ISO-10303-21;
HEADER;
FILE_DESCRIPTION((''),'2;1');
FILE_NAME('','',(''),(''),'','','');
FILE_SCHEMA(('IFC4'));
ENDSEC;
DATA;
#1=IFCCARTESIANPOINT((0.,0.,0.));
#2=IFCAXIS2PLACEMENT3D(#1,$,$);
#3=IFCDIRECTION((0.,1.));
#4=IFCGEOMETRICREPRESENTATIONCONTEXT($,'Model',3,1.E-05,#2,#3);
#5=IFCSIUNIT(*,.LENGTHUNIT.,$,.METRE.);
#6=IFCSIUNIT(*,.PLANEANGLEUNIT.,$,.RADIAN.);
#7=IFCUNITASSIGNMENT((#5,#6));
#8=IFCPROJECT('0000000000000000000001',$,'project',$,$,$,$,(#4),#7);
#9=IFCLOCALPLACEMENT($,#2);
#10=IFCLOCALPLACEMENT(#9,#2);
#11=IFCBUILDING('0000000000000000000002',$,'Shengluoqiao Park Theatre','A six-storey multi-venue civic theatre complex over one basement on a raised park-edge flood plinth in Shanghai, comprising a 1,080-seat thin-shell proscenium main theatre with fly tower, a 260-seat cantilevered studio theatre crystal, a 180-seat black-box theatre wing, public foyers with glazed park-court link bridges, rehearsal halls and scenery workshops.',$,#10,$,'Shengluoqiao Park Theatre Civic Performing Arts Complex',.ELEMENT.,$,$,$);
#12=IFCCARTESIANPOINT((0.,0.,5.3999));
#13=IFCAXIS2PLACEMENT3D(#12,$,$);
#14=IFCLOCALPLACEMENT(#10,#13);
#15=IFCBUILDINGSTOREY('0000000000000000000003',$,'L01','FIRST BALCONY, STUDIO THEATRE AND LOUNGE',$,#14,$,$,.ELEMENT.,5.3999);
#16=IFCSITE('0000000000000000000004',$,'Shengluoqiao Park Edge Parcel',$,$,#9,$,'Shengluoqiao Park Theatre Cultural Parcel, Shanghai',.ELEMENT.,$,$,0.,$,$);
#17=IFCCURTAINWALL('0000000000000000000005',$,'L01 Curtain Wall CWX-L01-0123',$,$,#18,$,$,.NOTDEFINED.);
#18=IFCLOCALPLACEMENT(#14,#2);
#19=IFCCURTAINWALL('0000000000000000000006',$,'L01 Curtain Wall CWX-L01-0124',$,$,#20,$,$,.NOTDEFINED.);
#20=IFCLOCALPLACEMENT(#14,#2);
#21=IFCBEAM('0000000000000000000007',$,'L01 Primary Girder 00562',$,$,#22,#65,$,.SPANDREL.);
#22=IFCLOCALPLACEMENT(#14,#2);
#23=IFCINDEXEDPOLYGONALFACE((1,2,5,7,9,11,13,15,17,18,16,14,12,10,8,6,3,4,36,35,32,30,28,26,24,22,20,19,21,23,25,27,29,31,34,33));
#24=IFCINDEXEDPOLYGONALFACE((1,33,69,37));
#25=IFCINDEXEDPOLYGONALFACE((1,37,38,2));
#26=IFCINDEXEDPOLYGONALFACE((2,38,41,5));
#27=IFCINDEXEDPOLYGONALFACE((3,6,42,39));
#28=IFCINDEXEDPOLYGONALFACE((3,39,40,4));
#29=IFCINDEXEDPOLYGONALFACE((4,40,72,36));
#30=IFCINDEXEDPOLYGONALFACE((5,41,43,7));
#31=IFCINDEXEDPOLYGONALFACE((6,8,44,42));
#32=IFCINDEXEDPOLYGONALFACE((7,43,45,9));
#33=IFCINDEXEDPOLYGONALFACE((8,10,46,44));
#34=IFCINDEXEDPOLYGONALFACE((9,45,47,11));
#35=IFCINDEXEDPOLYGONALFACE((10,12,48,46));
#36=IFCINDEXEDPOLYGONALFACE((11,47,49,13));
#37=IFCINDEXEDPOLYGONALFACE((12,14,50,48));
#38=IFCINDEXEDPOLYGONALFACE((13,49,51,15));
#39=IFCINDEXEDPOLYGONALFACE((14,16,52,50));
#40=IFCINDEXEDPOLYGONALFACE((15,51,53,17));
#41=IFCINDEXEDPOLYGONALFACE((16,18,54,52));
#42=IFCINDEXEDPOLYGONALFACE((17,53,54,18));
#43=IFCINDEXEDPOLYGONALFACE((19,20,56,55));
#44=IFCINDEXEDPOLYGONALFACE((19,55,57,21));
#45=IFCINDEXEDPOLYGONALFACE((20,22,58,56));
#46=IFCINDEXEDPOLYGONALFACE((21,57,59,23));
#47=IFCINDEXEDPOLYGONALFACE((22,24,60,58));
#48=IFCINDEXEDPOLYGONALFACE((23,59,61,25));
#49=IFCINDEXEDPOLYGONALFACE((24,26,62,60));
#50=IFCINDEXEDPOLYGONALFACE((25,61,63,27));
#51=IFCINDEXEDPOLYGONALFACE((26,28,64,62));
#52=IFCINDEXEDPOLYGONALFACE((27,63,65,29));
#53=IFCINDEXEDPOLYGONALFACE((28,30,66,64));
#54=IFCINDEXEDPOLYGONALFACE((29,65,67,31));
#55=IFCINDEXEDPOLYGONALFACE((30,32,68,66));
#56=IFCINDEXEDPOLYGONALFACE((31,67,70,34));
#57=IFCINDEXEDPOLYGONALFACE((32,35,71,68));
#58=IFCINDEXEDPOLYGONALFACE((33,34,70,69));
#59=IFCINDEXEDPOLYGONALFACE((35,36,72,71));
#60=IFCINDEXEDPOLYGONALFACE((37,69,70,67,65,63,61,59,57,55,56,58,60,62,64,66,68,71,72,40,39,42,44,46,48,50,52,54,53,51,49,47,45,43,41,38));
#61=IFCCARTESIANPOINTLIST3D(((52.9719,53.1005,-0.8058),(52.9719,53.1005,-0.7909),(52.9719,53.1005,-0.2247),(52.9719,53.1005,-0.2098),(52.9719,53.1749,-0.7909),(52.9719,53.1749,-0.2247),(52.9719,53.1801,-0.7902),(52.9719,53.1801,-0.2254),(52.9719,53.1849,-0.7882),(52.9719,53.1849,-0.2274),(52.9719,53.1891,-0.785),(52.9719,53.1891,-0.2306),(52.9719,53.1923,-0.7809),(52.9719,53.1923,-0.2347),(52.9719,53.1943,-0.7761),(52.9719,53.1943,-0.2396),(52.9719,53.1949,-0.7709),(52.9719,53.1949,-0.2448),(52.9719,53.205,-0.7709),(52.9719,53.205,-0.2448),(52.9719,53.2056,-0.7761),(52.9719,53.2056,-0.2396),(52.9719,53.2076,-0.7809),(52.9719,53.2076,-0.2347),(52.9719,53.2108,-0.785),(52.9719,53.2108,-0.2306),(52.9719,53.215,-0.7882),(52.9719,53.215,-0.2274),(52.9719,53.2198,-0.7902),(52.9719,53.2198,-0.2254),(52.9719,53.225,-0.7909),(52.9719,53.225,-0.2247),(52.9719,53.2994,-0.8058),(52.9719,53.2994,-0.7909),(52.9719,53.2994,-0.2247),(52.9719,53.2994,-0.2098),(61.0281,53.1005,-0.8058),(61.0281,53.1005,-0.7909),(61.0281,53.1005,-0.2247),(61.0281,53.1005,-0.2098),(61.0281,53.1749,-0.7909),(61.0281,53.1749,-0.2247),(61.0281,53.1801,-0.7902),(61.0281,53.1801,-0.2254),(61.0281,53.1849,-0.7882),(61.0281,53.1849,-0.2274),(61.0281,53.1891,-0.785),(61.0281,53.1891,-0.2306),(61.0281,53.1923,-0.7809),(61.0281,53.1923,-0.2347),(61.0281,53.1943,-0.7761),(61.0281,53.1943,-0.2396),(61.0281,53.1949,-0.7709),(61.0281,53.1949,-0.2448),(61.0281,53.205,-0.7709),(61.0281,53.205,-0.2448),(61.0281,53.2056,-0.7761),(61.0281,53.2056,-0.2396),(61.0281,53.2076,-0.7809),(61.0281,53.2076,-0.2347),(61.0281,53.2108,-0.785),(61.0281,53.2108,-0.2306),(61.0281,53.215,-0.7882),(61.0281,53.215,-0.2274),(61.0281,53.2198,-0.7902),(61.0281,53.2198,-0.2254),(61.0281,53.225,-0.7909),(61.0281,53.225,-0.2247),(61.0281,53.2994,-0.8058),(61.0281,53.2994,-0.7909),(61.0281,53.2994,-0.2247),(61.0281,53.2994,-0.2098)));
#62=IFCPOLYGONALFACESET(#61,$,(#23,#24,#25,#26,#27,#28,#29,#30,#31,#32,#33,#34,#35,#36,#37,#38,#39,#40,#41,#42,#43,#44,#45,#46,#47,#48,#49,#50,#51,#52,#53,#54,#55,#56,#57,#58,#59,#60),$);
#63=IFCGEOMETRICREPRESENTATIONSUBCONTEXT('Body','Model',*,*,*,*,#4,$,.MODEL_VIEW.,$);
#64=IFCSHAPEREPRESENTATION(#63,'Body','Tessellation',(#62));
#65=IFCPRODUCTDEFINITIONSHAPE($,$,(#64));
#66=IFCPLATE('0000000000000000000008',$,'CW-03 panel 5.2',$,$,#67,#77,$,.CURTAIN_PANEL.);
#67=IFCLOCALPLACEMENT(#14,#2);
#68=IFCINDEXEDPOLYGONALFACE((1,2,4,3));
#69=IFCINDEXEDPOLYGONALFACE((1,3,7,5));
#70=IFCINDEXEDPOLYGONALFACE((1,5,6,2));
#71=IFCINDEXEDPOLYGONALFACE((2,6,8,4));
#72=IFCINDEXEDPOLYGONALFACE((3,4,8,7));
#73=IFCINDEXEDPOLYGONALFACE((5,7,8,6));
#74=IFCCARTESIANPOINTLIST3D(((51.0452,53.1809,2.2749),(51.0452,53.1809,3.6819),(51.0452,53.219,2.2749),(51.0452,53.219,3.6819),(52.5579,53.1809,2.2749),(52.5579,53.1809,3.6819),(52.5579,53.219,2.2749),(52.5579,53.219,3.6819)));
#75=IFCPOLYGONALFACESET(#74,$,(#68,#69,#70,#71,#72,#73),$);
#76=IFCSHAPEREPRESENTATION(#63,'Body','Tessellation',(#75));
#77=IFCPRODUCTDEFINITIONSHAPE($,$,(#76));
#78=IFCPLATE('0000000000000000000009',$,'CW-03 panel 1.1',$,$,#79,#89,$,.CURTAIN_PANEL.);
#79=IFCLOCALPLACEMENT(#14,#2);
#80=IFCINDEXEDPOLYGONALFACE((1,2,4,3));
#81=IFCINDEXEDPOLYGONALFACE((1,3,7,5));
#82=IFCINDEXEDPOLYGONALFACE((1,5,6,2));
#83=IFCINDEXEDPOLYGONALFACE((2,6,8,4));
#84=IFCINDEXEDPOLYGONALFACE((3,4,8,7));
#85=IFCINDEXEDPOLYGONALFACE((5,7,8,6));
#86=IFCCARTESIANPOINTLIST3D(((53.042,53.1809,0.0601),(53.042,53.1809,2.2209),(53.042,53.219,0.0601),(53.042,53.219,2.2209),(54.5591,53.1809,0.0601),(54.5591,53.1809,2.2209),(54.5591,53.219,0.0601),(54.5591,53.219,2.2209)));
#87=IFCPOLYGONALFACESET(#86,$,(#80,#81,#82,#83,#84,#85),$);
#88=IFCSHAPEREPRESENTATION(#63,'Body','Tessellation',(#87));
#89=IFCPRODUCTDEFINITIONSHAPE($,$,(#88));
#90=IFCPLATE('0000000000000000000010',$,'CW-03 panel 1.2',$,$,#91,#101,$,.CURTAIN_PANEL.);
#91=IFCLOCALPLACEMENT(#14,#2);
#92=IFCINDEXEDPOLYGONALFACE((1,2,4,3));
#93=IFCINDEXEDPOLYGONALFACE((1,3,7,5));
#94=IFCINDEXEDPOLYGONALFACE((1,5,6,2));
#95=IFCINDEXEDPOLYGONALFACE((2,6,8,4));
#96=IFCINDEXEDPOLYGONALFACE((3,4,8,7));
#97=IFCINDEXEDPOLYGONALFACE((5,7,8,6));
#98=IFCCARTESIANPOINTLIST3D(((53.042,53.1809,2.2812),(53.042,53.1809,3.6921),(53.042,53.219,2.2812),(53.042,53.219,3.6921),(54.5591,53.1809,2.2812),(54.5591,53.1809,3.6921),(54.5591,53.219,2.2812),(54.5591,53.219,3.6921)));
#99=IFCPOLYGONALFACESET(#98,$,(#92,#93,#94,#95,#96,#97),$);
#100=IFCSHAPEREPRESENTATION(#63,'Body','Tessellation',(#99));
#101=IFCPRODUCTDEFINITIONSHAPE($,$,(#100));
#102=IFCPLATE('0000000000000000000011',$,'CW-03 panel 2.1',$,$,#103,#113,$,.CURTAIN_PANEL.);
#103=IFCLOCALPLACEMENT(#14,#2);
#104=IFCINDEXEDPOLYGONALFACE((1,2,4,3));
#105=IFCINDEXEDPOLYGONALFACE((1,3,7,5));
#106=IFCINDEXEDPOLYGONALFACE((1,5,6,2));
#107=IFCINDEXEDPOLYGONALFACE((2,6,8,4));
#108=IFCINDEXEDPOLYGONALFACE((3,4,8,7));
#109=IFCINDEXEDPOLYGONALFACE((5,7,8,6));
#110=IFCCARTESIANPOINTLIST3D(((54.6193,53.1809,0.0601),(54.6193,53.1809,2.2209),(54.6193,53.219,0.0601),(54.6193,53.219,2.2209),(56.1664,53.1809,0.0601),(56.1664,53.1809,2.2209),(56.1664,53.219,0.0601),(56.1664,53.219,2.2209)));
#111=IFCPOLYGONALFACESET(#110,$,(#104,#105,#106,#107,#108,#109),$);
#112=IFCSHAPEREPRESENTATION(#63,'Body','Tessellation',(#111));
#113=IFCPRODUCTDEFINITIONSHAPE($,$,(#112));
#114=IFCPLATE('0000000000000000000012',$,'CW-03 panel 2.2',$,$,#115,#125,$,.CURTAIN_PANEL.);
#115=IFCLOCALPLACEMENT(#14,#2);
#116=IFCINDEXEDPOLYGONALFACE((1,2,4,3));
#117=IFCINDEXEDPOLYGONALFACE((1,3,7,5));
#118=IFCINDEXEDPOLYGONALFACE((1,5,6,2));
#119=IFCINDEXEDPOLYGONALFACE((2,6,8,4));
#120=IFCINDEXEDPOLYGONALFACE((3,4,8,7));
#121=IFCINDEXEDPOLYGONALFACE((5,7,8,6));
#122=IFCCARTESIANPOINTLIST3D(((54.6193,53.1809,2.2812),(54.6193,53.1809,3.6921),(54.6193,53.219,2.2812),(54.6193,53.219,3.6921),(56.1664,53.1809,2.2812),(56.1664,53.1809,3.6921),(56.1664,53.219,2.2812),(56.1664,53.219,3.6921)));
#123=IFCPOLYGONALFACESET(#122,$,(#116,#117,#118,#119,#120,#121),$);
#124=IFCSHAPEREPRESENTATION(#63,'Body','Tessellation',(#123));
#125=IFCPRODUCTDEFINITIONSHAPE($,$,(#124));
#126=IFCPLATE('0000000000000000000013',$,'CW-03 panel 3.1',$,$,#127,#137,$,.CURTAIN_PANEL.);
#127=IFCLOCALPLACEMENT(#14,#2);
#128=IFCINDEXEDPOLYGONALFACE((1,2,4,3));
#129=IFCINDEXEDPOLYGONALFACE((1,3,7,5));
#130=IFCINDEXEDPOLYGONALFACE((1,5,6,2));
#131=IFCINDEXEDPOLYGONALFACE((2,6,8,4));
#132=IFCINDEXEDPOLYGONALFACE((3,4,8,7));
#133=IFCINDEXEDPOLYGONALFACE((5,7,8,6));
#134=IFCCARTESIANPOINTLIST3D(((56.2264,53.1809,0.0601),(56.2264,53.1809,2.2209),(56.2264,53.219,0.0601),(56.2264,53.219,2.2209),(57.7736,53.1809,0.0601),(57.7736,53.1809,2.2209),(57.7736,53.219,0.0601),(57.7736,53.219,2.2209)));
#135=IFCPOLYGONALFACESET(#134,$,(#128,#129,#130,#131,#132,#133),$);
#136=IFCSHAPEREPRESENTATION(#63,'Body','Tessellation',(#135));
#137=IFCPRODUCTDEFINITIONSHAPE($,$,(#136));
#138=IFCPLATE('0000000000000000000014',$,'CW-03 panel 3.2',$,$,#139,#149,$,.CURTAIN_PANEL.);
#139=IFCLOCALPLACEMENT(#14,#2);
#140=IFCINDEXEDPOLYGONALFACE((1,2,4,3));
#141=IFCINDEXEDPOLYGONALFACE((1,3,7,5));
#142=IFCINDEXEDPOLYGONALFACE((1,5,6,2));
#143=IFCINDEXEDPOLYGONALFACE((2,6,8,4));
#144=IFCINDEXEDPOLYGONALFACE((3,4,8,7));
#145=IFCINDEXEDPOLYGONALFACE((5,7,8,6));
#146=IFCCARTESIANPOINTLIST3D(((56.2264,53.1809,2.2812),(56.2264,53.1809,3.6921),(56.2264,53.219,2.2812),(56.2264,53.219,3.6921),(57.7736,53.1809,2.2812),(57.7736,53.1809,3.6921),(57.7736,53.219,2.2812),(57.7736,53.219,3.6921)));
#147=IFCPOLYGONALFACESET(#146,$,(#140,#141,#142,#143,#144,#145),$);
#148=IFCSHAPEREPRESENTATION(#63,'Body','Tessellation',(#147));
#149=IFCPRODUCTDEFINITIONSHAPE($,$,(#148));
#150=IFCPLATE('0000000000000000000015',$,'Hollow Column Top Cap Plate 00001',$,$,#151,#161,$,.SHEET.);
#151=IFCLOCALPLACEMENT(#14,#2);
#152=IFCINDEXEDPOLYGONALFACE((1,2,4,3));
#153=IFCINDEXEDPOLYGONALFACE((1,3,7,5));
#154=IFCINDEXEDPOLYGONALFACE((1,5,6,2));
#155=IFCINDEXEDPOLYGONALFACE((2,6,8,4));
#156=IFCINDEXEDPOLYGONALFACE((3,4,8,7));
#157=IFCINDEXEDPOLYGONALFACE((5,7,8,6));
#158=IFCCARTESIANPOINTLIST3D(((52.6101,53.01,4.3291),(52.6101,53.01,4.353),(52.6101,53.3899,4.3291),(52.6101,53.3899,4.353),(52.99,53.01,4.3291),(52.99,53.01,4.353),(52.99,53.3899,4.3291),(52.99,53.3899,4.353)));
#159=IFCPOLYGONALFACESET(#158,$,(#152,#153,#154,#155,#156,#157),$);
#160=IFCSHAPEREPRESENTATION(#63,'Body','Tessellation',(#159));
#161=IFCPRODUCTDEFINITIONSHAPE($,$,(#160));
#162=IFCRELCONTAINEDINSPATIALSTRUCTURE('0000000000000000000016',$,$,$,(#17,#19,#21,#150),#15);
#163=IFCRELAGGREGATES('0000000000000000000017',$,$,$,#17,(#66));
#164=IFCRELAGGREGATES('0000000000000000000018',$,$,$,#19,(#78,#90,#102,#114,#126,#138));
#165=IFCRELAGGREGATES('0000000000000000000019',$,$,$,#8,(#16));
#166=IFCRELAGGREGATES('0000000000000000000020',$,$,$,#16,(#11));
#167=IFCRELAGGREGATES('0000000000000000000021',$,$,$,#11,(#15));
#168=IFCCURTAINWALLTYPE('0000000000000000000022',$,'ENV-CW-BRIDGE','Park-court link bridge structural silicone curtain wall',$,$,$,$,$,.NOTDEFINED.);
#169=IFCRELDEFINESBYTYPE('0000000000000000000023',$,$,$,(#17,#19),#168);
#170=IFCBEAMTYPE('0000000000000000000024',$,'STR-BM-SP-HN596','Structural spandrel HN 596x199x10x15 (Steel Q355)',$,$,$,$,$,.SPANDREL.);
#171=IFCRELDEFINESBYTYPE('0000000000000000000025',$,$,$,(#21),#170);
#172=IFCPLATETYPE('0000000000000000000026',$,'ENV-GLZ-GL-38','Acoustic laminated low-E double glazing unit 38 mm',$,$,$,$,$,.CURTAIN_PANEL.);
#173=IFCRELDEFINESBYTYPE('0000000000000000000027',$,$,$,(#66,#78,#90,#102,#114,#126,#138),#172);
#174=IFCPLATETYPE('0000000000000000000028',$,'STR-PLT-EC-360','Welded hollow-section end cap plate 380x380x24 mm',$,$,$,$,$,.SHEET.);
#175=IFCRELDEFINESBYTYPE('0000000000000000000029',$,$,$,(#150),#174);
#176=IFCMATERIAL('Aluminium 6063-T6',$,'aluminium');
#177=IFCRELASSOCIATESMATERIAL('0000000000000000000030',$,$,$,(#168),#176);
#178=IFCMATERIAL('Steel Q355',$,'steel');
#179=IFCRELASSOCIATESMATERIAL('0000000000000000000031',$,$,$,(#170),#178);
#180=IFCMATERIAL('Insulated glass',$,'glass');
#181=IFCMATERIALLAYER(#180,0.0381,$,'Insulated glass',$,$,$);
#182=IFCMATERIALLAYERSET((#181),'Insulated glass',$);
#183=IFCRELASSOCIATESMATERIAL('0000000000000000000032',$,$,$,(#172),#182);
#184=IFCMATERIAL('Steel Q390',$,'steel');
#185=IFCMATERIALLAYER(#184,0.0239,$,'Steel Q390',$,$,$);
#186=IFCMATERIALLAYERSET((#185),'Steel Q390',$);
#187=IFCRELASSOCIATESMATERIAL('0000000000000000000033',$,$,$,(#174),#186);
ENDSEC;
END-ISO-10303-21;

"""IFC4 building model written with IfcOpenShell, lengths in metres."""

from ifc_helpers import new_model, si_unit, direction, frame, origin, origin_2d, place, context, subcontext, project, spatial, rectangle, i_section, extrude, material, layer, layer_set, material_profile, profile_set, type_object, element, aggregate, save


model = new_model("IFC4")

# Units and contexts
model_context = context("Model", 3, precision=1e-05, world=origin(), true_north=direction((0.0, 1.0)))
body_context = subcontext(model_context, "Body", "Model", "MODEL_VIEW")
ifc_project = project(units=[si_unit("LENGTHUNIT", "METRE"), si_unit("PLANEANGLEUNIT", "RADIAN")], contexts=[model_context])

# Site, building, storey
site_placement = place(None, origin())
site = spatial("IfcSite", under=ifc_project, at=site_placement, Name="Shengluoqiao Park Edge Parcel", LongName="Shengluoqiao Park Theatre Cultural Parcel, Shanghai", CompositionType="ELEMENT", RefElevation=0.0)
building_placement = place(site_placement, origin())
building = spatial("IfcBuilding", under=site, at=building_placement, Name="Shengluoqiao Park Theatre", Description="A six-storey multi-venue civic theatre complex over one basement on a raised park-edge flood plinth in Shanghai, comprising a 1,080-seat thin-shell proscenium main theatre with fly tower, a 260-seat cantilevered studio theatre crystal, a 180-seat black-box theatre wing, public foyers with glazed park-court link bridges, rehearsal halls and scenery workshops.", LongName="Shengluoqiao Park Theatre Civic Performing Arts Complex", CompositionType="ELEMENT")
storey_placement = place(building_placement, frame((0.0, 0.0, 5.3999)))
storey = spatial("IfcBuildingStorey", under=building, at=storey_placement, Name="L01", Description="FIRST BALCONY, STUDIO THEATRE AND LOUNGE", CompositionType="ELEMENT", Elevation=5.3999)

# Shared definitions
ifc_material_1 = material(Name="Steel Q355", Category="steel")

# Curtain wall
ifc_material_2 = material(Name="Aluminium 6063-T6", Category="aluminium")
curtain_wall_type = type_object("IfcCurtainWallType", Name="ENV-CW-BRIDGE", Description="Park-court link bridge structural silicone curtain wall", PredefinedType="NOTDEFINED", material=ifc_material_2)
curtain_wall_1_placement = place(storey_placement, origin())
curtain_wall_1 = element("IfcCurtainWall", 1, at=curtain_wall_1_placement, inside=storey, type_object=curtain_wall_type, Name="L01 Curtain Wall CWX-L01-0123", PredefinedType="NOTDEFINED")

# Curtain wall
curtain_wall_2_placement = place(storey_placement, origin())
curtain_wall_2 = element("IfcCurtainWall", 2, at=curtain_wall_2_placement, inside=storey, type_object=curtain_wall_type, Name="L01 Curtain Wall CWX-L01-0124", PredefinedType="NOTDEFINED")

# Beam
ifc_material_profile_1 = material_profile(ifc_material_1, i_section(OverallWidth=0.199, OverallDepth=0.5959, WebThickness=0.01, FlangeThickness=0.0149, FilletRadius=0.02, at=origin_2d()), Name="HN 596x199x10x15")
ifc_profile_set_1 = profile_set([ifc_material_profile_1], Name="Steel Q355")
beam_type_1 = type_object("IfcBeamType", Name="STR-BM-SP-HN596", Description="Structural spandrel HN 596x199x10x15 (Steel Q355)", PredefinedType="SPANDREL", material=ifc_profile_set_1)
beam_1_placement = place(storey_placement, frame((52.9719, 53.2, -0.5078), z_axis=(1.0, 0.0, 0.0), x_axis=(0.0, 1.0, 0.0)))
element("IfcBeam", 3, at=beam_1_placement, inside=storey, type_object=beam_type_1, Name="L01 Primary Girder 00562", PredefinedType="SPANDREL", context=body_context, shape_type="SweptSolid", body=[
    extrude(i_section(OverallWidth=0.199, OverallDepth=0.5959, WebThickness=0.01, FlangeThickness=0.0149, FilletRadius=0.02, at=origin_2d()), origin(), (0.0, 0.0, 1.0), 8.0562),
])

# Plates
ifc_material_3 = material(Name="Insulated glass", Category="glass")
ifc_layer_1 = layer(ifc_material_3, 0.0381, Name="Insulated glass")
ifc_layer_set_1 = layer_set([ifc_layer_1], Name="Insulated glass")
plate_type_1 = type_object("IfcPlateType", Name="ENV-GLZ-GL-38", Description="Acoustic laminated low-E double glazing unit 38 mm", PredefinedType="CURTAIN_PANEL", material=ifc_layer_set_1)
plate_1_placement = place(storey_placement, frame((51.8015, 53.2, 2.2749), z_axis=(0.0, 0.0, 1.0), x_axis=(1.0, 0.0, 0.0)))
plate_1 = element("IfcPlate", 4, at=plate_1_placement, type_object=plate_type_1, Name="CW-03 panel 5.2", PredefinedType="CURTAIN_PANEL", context=body_context, shape_type="SweptSolid", body=[
    extrude(rectangle(XDim=1.5127, YDim=0.0381, at=origin_2d()), origin(), (0.0, 0.0, 1.0), 1.407),
])
aggregate(curtain_wall_1, [plate_1])
plate_2_placement = place(storey_placement, frame((53.8005, 53.2, 0.0601), z_axis=(0.0, 0.0, 1.0), x_axis=(1.0, 0.0, 0.0)))
plate_2 = element("IfcPlate", 5, at=plate_2_placement, type_object=plate_type_1, Name="CW-03 panel 1.1", PredefinedType="CURTAIN_PANEL", context=body_context, shape_type="SweptSolid", body=[
    extrude(rectangle(XDim=1.5171, YDim=0.0381, at=origin_2d()), origin(), (0.0, 0.0, 1.0), 2.1609),
])
plate_3_placement = place(storey_placement, frame((53.8005, 53.2, 2.2812), z_axis=(0.0, 0.0, 1.0), x_axis=(1.0, 0.0, 0.0)))
plate_3 = element("IfcPlate", 6, at=plate_3_placement, type_object=plate_type_1, Name="CW-03 panel 1.2", PredefinedType="CURTAIN_PANEL", context=body_context, shape_type="SweptSolid", body=[
    extrude(rectangle(XDim=1.5171, YDim=0.0381, at=origin_2d()), origin(), (0.0, 0.0, 1.0), 1.4109),
])
plate_4_placement = place(storey_placement, frame((55.3928, 53.2, 0.0601), z_axis=(0.0, 0.0, 1.0), x_axis=(1.0, 0.0, 0.0)))
plate_4 = element("IfcPlate", 7, at=plate_4_placement, type_object=plate_type_1, Name="CW-03 panel 2.1", PredefinedType="CURTAIN_PANEL", context=body_context, shape_type="SweptSolid", body=[
    extrude(rectangle(XDim=1.5471, YDim=0.0381, at=origin_2d()), origin(), (0.0, 0.0, 1.0), 2.1609),
])
plate_5_placement = place(storey_placement, frame((55.3928, 53.2, 2.2812), z_axis=(0.0, 0.0, 1.0), x_axis=(1.0, 0.0, 0.0)))
plate_5 = element("IfcPlate", 8, at=plate_5_placement, type_object=plate_type_1, Name="CW-03 panel 2.2", PredefinedType="CURTAIN_PANEL", context=body_context, shape_type="SweptSolid", body=[
    extrude(rectangle(XDim=1.5471, YDim=0.0381, at=origin_2d()), origin(), (0.0, 0.0, 1.0), 1.4109),
])
plate_6_placement = place(storey_placement, frame((57.0, 53.2, 0.0601), z_axis=(0.0, 0.0, 1.0), x_axis=(1.0, 0.0, 0.0)))
plate_6 = element("IfcPlate", 9, at=plate_6_placement, type_object=plate_type_1, Name="CW-03 panel 3.1", PredefinedType="CURTAIN_PANEL", context=body_context, shape_type="SweptSolid", body=[
    extrude(rectangle(XDim=1.5471, YDim=0.0381, at=origin_2d()), origin(), (0.0, 0.0, 1.0), 2.1609),
])
plate_7_placement = place(storey_placement, frame((57.0, 53.2, 2.2812), z_axis=(0.0, 0.0, 1.0), x_axis=(1.0, 0.0, 0.0)))
plate_7 = element("IfcPlate", 10, at=plate_7_placement, type_object=plate_type_1, Name="CW-03 panel 3.2", PredefinedType="CURTAIN_PANEL", context=body_context, shape_type="SweptSolid", body=[
    extrude(rectangle(XDim=1.5471, YDim=0.0381, at=origin_2d()), origin(), (0.0, 0.0, 1.0), 1.4109),
])
aggregate(curtain_wall_2, [plate_2, plate_3, plate_4, plate_5, plate_6, plate_7])
ifc_material_4 = material(Name="Steel Q390", Category="steel")
ifc_layer_2 = layer(ifc_material_4, 0.0239, Name="Steel Q390")
ifc_layer_set_2 = layer_set([ifc_layer_2], Name="Steel Q390")
plate_type_2 = type_object("IfcPlateType", Name="STR-PLT-EC-360", Description="Welded hollow-section end cap plate 380x380x24 mm", PredefinedType="SHEET", material=ifc_layer_set_2)
plate_8_placement = place(storey_placement, frame((52.8, 53.2, 4.3291), z_axis=(0.0, 0.0, 1.0), x_axis=(1.0, 0.0, 0.0)))
element("IfcPlate", 11, at=plate_8_placement, inside=storey, type_object=plate_type_2, Name="Hollow Column Top Cap Plate 00001", PredefinedType="SHEET", context=body_context, shape_type="SweptSolid", body=[
    extrude(rectangle(XDim=0.3799, YDim=0.3799, at=origin_2d()), origin(), (0.0, 0.0, 1.0), 0.0239),
])

save(model, "model.ifc")
